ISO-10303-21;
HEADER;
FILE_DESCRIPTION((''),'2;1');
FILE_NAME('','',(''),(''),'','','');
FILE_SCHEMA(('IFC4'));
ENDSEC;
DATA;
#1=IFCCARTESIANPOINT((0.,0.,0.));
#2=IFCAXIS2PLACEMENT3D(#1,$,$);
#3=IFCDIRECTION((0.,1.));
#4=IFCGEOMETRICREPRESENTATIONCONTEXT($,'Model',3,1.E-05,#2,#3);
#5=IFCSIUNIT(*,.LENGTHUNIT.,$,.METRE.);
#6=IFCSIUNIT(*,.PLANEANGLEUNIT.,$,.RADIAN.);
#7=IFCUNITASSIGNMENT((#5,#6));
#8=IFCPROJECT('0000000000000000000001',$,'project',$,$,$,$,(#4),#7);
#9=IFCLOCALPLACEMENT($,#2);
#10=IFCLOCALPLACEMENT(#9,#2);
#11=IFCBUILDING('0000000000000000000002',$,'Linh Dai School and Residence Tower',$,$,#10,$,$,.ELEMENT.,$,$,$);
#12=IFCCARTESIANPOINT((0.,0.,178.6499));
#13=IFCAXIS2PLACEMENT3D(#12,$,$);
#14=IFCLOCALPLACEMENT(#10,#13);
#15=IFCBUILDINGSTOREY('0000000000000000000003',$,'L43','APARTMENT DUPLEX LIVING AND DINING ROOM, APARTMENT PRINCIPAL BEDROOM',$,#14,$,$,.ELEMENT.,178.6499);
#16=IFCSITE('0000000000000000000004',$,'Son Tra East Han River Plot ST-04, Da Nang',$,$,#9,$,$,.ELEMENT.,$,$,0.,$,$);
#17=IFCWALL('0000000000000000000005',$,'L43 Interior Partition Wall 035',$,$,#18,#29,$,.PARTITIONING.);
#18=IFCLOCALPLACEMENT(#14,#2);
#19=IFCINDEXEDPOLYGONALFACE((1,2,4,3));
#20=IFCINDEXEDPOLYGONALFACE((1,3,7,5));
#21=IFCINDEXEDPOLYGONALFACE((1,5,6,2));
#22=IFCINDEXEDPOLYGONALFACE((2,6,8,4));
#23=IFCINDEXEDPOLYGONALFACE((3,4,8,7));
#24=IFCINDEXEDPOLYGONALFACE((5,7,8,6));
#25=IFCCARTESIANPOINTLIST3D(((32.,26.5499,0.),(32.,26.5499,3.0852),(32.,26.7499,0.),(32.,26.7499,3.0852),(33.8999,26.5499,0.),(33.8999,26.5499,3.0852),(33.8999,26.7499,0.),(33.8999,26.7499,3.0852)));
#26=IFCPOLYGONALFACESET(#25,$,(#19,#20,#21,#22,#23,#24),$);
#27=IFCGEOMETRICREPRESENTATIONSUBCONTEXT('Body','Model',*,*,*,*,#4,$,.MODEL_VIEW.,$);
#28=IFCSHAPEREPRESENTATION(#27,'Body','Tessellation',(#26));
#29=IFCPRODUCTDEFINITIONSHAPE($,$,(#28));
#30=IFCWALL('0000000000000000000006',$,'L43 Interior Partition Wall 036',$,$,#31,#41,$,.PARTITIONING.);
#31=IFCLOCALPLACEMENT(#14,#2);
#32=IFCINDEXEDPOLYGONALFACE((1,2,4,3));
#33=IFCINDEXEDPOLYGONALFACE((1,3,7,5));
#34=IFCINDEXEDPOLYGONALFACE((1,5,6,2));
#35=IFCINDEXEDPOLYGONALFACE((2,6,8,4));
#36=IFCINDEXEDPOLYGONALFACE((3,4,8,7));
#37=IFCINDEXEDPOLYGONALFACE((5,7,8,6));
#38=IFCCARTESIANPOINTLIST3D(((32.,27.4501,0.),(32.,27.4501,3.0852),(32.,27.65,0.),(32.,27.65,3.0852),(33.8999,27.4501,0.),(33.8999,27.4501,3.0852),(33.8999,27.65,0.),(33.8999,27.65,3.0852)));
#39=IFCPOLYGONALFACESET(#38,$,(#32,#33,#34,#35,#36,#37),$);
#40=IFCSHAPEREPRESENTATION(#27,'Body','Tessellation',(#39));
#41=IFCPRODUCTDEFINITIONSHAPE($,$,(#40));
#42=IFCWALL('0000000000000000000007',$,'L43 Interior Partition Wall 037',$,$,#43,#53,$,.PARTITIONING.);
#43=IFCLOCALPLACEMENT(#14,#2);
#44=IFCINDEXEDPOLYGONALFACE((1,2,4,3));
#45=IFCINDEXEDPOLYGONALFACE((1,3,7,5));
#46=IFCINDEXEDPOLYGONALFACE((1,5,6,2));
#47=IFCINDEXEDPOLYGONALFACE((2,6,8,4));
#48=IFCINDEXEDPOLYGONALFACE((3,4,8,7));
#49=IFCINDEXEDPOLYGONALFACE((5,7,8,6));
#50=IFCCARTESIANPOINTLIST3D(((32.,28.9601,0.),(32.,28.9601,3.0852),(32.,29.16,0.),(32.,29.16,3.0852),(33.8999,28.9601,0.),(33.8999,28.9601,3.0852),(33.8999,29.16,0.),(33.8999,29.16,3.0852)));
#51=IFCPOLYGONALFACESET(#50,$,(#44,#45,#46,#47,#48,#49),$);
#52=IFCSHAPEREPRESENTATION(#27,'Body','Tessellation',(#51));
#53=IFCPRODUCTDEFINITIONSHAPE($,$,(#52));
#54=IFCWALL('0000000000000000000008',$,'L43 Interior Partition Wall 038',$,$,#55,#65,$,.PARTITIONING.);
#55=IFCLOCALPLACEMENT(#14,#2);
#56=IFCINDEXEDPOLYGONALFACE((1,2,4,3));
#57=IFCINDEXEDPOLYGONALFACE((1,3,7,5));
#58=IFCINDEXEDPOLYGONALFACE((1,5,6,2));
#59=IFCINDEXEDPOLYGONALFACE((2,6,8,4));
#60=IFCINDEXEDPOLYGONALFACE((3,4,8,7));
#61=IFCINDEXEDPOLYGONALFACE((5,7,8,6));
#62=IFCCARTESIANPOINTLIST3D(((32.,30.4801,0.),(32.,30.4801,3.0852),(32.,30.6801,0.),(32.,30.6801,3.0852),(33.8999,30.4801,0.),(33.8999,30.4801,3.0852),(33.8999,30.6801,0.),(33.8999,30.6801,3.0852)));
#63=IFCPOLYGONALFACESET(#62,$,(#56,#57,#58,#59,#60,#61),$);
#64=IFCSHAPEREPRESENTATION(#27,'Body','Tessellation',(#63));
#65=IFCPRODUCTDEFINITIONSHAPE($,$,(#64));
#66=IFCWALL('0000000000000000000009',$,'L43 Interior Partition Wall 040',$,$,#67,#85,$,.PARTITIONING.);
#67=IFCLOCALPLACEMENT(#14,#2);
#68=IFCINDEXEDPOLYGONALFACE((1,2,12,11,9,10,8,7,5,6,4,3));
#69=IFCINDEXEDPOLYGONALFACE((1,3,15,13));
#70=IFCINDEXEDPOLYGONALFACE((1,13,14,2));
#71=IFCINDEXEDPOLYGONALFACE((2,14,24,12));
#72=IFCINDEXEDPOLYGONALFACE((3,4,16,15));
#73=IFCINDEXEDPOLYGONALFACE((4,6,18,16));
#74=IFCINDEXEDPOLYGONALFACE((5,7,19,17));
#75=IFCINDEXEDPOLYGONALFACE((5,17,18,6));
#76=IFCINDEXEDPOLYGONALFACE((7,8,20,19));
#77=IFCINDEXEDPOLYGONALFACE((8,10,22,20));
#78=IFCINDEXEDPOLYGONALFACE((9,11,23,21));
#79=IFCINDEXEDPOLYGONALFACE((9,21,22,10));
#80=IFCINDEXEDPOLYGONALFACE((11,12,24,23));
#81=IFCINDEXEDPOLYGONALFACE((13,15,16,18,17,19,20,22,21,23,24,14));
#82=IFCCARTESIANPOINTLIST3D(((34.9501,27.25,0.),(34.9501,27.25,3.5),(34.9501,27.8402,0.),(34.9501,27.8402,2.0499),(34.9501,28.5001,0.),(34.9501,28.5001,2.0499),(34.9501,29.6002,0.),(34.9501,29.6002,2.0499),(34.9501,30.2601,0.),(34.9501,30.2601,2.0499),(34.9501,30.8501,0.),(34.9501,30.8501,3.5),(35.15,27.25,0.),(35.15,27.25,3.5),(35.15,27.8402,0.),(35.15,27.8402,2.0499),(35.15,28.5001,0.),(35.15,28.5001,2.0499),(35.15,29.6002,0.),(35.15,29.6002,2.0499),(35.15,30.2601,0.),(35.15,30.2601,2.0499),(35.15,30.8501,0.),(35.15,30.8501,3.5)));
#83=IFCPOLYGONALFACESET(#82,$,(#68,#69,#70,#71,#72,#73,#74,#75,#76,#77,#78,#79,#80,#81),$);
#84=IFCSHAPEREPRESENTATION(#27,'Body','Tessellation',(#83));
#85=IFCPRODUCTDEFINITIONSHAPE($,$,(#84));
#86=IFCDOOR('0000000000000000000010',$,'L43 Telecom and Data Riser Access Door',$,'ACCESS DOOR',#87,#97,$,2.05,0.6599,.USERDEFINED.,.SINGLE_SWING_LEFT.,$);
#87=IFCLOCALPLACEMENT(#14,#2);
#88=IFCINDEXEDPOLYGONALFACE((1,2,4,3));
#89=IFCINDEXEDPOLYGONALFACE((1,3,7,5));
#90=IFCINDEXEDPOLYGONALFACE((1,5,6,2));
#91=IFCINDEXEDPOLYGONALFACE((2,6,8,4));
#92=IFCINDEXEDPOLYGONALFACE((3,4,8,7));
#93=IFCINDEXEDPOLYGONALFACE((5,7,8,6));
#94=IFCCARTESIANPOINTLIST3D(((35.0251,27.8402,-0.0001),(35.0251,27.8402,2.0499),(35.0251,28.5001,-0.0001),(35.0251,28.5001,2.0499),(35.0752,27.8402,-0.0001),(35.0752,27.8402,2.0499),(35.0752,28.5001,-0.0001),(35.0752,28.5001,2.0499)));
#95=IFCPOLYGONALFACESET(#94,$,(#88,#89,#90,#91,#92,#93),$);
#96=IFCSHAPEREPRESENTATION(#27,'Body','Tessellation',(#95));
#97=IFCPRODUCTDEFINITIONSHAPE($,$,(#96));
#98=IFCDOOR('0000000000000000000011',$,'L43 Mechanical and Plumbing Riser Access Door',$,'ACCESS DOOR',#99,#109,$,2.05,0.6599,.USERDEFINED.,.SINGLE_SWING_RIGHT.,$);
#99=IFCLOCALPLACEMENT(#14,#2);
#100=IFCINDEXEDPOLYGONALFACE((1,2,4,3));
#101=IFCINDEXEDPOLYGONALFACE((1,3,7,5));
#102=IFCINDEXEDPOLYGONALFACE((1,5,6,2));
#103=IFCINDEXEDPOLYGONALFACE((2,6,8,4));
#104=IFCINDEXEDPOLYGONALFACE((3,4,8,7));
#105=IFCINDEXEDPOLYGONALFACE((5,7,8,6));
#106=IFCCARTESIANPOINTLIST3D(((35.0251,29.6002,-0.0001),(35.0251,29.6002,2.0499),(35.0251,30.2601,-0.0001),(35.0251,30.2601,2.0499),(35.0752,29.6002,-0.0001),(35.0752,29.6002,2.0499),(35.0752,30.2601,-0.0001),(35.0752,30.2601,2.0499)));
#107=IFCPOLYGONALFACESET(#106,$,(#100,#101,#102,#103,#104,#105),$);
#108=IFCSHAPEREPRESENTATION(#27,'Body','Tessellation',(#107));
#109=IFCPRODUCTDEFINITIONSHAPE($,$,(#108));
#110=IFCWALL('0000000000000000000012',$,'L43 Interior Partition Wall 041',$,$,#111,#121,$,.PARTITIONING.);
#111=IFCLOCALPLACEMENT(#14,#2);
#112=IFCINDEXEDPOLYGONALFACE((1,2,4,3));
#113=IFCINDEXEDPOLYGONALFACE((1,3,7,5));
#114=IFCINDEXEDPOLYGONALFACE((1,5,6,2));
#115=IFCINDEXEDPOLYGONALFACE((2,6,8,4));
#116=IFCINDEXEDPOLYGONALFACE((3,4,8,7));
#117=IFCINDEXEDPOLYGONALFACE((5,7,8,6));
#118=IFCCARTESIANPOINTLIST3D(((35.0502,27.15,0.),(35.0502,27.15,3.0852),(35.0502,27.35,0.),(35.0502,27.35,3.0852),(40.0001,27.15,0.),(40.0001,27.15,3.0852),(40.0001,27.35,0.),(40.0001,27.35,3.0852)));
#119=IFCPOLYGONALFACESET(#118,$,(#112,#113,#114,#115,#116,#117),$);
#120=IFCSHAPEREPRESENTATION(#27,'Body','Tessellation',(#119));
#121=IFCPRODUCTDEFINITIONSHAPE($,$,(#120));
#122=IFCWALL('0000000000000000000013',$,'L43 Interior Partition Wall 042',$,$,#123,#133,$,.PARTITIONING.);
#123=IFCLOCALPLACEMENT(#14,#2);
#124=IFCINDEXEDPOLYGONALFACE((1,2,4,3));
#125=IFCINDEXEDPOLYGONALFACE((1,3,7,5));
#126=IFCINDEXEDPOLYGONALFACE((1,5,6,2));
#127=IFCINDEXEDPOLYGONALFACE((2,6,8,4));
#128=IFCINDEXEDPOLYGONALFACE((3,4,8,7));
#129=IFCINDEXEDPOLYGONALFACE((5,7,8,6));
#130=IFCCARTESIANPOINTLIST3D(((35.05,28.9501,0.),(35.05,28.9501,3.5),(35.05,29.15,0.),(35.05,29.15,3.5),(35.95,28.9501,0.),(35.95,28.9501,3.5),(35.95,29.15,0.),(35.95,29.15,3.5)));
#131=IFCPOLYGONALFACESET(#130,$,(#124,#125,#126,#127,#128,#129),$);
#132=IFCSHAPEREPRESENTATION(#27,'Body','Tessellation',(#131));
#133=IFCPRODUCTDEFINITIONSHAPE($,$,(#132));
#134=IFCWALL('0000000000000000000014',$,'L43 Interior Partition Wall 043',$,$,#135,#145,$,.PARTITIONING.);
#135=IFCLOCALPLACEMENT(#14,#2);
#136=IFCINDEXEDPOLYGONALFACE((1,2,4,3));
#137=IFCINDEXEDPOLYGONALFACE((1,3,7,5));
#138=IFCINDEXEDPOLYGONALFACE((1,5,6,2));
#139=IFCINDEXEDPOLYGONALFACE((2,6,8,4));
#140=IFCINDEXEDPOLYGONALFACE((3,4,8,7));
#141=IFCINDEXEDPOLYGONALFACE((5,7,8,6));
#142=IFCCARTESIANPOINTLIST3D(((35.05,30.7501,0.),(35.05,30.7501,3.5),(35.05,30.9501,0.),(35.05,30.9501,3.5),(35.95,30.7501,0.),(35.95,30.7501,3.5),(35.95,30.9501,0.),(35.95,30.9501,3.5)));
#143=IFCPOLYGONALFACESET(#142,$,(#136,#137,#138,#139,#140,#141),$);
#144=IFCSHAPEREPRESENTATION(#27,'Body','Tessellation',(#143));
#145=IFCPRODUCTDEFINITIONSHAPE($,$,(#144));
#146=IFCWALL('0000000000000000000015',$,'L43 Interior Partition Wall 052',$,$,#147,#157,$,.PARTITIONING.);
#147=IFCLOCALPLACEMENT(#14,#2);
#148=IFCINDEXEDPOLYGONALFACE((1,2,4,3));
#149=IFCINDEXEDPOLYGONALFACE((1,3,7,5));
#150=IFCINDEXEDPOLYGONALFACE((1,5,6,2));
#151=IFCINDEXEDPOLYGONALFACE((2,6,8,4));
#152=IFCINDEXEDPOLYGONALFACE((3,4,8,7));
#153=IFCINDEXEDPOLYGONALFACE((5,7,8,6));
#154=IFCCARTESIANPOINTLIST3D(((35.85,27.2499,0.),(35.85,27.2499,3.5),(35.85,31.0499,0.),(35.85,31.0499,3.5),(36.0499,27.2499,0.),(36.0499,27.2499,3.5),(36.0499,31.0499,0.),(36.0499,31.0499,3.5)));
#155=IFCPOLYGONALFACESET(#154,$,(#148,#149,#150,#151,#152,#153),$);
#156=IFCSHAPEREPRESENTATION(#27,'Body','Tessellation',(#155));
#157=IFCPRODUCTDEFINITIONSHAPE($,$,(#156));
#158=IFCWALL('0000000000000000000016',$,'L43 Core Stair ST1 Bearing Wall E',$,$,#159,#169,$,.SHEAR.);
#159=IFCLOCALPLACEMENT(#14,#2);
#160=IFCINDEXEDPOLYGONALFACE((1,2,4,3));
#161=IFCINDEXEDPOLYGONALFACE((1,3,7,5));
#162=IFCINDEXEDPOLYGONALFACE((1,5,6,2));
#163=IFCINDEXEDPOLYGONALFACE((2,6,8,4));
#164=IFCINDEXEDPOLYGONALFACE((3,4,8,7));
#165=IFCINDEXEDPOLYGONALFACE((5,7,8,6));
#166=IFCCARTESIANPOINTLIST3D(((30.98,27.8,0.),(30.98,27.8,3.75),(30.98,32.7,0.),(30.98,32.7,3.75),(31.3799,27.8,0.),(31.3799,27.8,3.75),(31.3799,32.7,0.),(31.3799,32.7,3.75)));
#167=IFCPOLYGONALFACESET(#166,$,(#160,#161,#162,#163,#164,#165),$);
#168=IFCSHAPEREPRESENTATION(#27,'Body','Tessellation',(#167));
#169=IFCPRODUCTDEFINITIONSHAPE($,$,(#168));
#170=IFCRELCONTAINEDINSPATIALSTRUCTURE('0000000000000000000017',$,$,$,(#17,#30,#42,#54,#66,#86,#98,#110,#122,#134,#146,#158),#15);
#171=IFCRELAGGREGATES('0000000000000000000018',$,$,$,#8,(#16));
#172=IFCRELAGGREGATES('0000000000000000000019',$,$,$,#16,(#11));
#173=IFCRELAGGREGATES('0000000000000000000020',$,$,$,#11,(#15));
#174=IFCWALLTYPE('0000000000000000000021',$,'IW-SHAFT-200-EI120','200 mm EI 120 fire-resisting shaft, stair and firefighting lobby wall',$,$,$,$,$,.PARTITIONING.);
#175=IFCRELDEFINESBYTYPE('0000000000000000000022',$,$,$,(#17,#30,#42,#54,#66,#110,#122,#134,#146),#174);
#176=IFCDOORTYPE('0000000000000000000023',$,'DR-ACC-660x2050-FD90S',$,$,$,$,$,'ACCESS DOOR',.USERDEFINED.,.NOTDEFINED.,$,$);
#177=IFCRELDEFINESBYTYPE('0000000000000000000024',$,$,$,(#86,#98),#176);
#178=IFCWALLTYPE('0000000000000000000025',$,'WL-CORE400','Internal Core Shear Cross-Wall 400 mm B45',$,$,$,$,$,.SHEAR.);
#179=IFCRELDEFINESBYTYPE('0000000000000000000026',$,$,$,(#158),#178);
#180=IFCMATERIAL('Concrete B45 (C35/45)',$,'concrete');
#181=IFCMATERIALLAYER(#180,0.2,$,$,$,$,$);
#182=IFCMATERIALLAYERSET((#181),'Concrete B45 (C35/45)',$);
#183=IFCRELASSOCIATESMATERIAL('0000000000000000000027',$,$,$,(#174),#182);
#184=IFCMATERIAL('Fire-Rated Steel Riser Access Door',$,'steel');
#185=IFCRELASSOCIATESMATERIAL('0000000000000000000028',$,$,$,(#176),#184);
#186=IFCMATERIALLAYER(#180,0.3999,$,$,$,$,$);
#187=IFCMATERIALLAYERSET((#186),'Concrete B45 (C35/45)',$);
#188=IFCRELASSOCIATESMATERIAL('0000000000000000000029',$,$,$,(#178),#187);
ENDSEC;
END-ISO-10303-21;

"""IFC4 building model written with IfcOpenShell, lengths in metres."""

from ifc_helpers import new_model, si_unit, direction, frame, frame_2d, origin, origin_2d, place, context, subcontext, project, spatial, rectangle, extrude, source, transform, mapped, material, layer, layer_set, type_object, element, fill, save


model = new_model("IFC4")

# Units and contexts
model_context = context("Model", 3, precision=1e-05, world=origin(), true_north=direction((0.0, 1.0)))
body_context = subcontext(model_context, "Body", "Model", "MODEL_VIEW")
ifc_project = project(units=[si_unit("LENGTHUNIT", "METRE"), si_unit("PLANEANGLEUNIT", "RADIAN")], contexts=[model_context])

# Site, building, storey
site_placement = place(None, origin())
site = spatial("IfcSite", under=ifc_project, at=site_placement, Name="Son Tra East Han River Plot ST-04, Da Nang", CompositionType="ELEMENT", RefElevation=0.0)
building_placement = place(site_placement, origin())
building = spatial("IfcBuilding", under=site, at=building_placement, Name="Linh Dai School and Residence Tower", CompositionType="ELEMENT")
storey_placement = place(building_placement, frame((0.0, 0.0, 178.6499)))
storey = spatial("IfcBuildingStorey", under=building, at=storey_placement, Name="L43", Description="APARTMENT DUPLEX LIVING AND DINING ROOM, APARTMENT PRINCIPAL BEDROOM", CompositionType="ELEMENT", Elevation=178.6499)

# Walls
ifc_material_1 = material(Name="Concrete B45 (C35/45)", Category="concrete")
ifc_layer_1 = layer(ifc_material_1, 0.2)
ifc_layer_set_1 = layer_set([ifc_layer_1], Name="Concrete B45 (C35/45)")
wall_type_1 = type_object("IfcWallType", Name="IW-SHAFT-200-EI120", Description="200 mm EI 120 fire-resisting shaft, stair and firefighting lobby wall", PredefinedType="PARTITIONING", material=ifc_layer_set_1)
for number, where, z_axis, x_axis, name in (
    (1, (32.0, 26.6499, 0.0), (0.0, 0.0, 1.0), (1.0, 0.0, 0.0), "L43 Interior Partition Wall 035"),
    (2, (32.0, 27.55, 0.0), (0.0, 0.0, 1.0), (1.0, 0.0, 0.0), "L43 Interior Partition Wall 036"),
    (3, (32.0, 29.0601, 0.0), (0.0, 0.0, 1.0), (1.0, 0.0, 0.0), "L43 Interior Partition Wall 037"),
    (4, (32.0, 30.5801, 0.0), (0.0, 0.0, 1.0), (1.0, 0.0, 0.0), "L43 Interior Partition Wall 038"),
):
    element("IfcWall", number, at=place(storey_placement, frame(where, z_axis=z_axis, x_axis=x_axis)), inside=storey, type_object=wall_type_1, Name=name, PredefinedType="PARTITIONING", context=body_context, shape_type="SweptSolid", body=[
        extrude(rectangle(XDim=1.8999, YDim=0.2, at=frame_2d((0.95, 0.0))), origin(), (0.0, 0.0, 1.0), 3.0852),
    ])

# Wall, openings, doors
wall_1_placement = place(storey_placement, frame((35.05, 27.25, 0.0), z_axis=(0.0, 0.0, 1.0), x_axis=(0.0, 1.0, 0.0)))
wall_1 = element("IfcWall", 5, at=wall_1_placement, inside=storey, type_object=wall_type_1, Name="L43 Interior Partition Wall 040", PredefinedType="PARTITIONING", context=body_context, shape_type="SweptSolid", body=[
    extrude(rectangle(XDim=3.6001, YDim=0.2, at=frame_2d((1.8, 0.0))), origin(), (0.0, 0.0, 1.0), 3.5),
])
opening_1_placement = place(wall_1_placement, frame((0.5901, 0.0, 0.0)))
opening_1 = element("IfcOpeningElement", 6, at=opening_1_placement, cuts=wall_1, PredefinedType="OPENING", context=body_context, shape_type="SweptSolid", body=[
    extrude(rectangle(XDim=0.6599, YDim=2.05, at=origin_2d()), frame((0.3301, 0.1099, 1.0249), z_axis=(0.0, -1.0, 0.0), x_axis=(1.0, 0.0, 0.0)), (0.0, 0.0, 1.0), 0.22),
])
opening_2_placement = place(wall_1_placement, frame((2.3501, 0.0, 0.0)))
opening_2 = element("IfcOpeningElement", 7, at=opening_2_placement, cuts=wall_1, PredefinedType="OPENING", context=body_context, shape_type="SweptSolid", body=[
    extrude(rectangle(XDim=0.6599, YDim=2.05, at=origin_2d()), frame((0.3301, 0.1099, 1.0249), z_axis=(0.0, -1.0, 0.0), x_axis=(1.0, 0.0, 0.0)), (0.0, 0.0, 1.0), 0.22),
])
ifc_material_2 = material(Name="Fire-Rated Steel Riser Access Door", Category="steel")
door_type_1 = type_object("IfcDoorType", Name="DR-ACC-660x2050-FD90S", ElementType="ACCESS DOOR", OperationType="NOTDEFINED", PredefinedType="USERDEFINED", material=ifc_material_2)
shared_shape_1 = source(origin(), body_context, "Body", "SweptSolid", [
    extrude(rectangle(XDim=0.6599, YDim=2.05, at=origin_2d()), frame((0.3301, 0.0249, 1.0249), z_axis=(0.0, -1.0, 0.0), x_axis=(1.0, 0.0, 0.0)), (0.0, 0.0, 1.0), 0.05),
])
door_1_placement = place(opening_1_placement, origin())
door_1 = element("IfcDoor", 8, at=door_1_placement, inside=storey, type_object=door_type_1, Name="L43 Telecom and Data Riser Access Door", ObjectType="ACCESS DOOR", OperationType="SINGLE_SWING_LEFT", OverallHeight=2.05, OverallWidth=0.6599, PredefinedType="USERDEFINED", context=body_context, shape_type="MappedRepresentation", body=[
    mapped(shared_shape_1, transform((0.0, 0.0, 0.0), x_axis=(1.0, 0.0, 0.0), y_axis=(0.0, 1.0, 0.0), z_axis=(0.0, 0.0, 1.0), scale=1.0)),
])
fill(opening_1, door_1)
door_2_placement = place(opening_2_placement, origin())
door_2 = element("IfcDoor", 9, at=door_2_placement, inside=storey, type_object=door_type_1, Name="L43 Mechanical and Plumbing Riser Access Door", ObjectType="ACCESS DOOR", OperationType="SINGLE_SWING_RIGHT", OverallHeight=2.05, OverallWidth=0.6599, PredefinedType="USERDEFINED", context=body_context, shape_type="MappedRepresentation", body=[
    mapped(shared_shape_1, transform((0.0, 0.0, 0.0), x_axis=(1.0, 0.0, 0.0), y_axis=(0.0, 1.0, 0.0), z_axis=(0.0, 0.0, 1.0), scale=1.0)),
])
fill(opening_2, door_2)

# Walls
wall_2_placement = place(storey_placement, frame((35.05, 27.25, 0.0), z_axis=(0.0, 0.0, 1.0), x_axis=(1.0, 0.0, 0.0)))
element("IfcWall", 10, at=wall_2_placement, inside=storey, type_object=wall_type_1, Name="L43 Interior Partition Wall 041", PredefinedType="PARTITIONING", context=body_context, shape_type="SweptSolid", body=[
    extrude(rectangle(XDim=4.95, YDim=0.2, at=frame_2d((2.4751, 0.0))), origin(), (0.0, 0.0, 1.0), 3.0852),
])
for number, where, z_axis, x_axis, name in (
    (11, (35.05, 29.05, 0.0), (0.0, 0.0, 1.0), (1.0, 0.0, 0.0), "L43 Interior Partition Wall 042"),
    (12, (35.05, 30.8501, 0.0), (0.0, 0.0, 1.0), (1.0, 0.0, 0.0), "L43 Interior Partition Wall 043"),
):
    element("IfcWall", number, at=place(storey_placement, frame(where, z_axis=z_axis, x_axis=x_axis)), inside=storey, type_object=wall_type_1, Name=name, PredefinedType="PARTITIONING", context=body_context, shape_type="SweptSolid", body=[
        extrude(rectangle(XDim=0.8999, YDim=0.2, at=frame_2d((0.45, 0.0))), origin(), (0.0, 0.0, 1.0), 3.5),
    ])
wall_3_placement = place(storey_placement, frame((35.95, 27.25, 0.0), z_axis=(0.0, 0.0, 1.0), x_axis=(0.0, 1.0, 0.0)))
element("IfcWall", 13, at=wall_3_placement, inside=storey, type_object=wall_type_1, Name="L43 Interior Partition Wall 052", PredefinedType="PARTITIONING", context=body_context, shape_type="SweptSolid", body=[
    extrude(rectangle(XDim=3.8, YDim=0.2, at=frame_2d((1.8999, 0.0))), origin(), (0.0, 0.0, 1.0), 3.5),
])

# Wall
ifc_layer_2 = layer(ifc_material_1, 0.3999)
ifc_layer_set_2 = layer_set([ifc_layer_2], Name="Concrete B45 (C35/45)")
wall_type_2 = type_object("IfcWallType", Name="WL-CORE400", Description="Internal Core Shear Cross-Wall 400 mm B45", PredefinedType="SHEAR", material=ifc_layer_set_2)
wall_4_placement = place(storey_placement, frame((31.1799, 27.8, 0.0), z_axis=(0.0, 0.0, 1.0), x_axis=(0.0, 1.0, 0.0)))
element("IfcWall", 14, at=wall_4_placement, inside=storey, type_object=wall_type_2, Name="L43 Core Stair ST1 Bearing Wall E", PredefinedType="SHEAR", context=body_context, shape_type="SweptSolid", body=[
    extrude(rectangle(XDim=4.8999, YDim=0.3999, at=frame_2d((2.45, 0.0))), origin(), (0.0, 0.0, 1.0), 3.75),
])

save(model, "model.ifc")
